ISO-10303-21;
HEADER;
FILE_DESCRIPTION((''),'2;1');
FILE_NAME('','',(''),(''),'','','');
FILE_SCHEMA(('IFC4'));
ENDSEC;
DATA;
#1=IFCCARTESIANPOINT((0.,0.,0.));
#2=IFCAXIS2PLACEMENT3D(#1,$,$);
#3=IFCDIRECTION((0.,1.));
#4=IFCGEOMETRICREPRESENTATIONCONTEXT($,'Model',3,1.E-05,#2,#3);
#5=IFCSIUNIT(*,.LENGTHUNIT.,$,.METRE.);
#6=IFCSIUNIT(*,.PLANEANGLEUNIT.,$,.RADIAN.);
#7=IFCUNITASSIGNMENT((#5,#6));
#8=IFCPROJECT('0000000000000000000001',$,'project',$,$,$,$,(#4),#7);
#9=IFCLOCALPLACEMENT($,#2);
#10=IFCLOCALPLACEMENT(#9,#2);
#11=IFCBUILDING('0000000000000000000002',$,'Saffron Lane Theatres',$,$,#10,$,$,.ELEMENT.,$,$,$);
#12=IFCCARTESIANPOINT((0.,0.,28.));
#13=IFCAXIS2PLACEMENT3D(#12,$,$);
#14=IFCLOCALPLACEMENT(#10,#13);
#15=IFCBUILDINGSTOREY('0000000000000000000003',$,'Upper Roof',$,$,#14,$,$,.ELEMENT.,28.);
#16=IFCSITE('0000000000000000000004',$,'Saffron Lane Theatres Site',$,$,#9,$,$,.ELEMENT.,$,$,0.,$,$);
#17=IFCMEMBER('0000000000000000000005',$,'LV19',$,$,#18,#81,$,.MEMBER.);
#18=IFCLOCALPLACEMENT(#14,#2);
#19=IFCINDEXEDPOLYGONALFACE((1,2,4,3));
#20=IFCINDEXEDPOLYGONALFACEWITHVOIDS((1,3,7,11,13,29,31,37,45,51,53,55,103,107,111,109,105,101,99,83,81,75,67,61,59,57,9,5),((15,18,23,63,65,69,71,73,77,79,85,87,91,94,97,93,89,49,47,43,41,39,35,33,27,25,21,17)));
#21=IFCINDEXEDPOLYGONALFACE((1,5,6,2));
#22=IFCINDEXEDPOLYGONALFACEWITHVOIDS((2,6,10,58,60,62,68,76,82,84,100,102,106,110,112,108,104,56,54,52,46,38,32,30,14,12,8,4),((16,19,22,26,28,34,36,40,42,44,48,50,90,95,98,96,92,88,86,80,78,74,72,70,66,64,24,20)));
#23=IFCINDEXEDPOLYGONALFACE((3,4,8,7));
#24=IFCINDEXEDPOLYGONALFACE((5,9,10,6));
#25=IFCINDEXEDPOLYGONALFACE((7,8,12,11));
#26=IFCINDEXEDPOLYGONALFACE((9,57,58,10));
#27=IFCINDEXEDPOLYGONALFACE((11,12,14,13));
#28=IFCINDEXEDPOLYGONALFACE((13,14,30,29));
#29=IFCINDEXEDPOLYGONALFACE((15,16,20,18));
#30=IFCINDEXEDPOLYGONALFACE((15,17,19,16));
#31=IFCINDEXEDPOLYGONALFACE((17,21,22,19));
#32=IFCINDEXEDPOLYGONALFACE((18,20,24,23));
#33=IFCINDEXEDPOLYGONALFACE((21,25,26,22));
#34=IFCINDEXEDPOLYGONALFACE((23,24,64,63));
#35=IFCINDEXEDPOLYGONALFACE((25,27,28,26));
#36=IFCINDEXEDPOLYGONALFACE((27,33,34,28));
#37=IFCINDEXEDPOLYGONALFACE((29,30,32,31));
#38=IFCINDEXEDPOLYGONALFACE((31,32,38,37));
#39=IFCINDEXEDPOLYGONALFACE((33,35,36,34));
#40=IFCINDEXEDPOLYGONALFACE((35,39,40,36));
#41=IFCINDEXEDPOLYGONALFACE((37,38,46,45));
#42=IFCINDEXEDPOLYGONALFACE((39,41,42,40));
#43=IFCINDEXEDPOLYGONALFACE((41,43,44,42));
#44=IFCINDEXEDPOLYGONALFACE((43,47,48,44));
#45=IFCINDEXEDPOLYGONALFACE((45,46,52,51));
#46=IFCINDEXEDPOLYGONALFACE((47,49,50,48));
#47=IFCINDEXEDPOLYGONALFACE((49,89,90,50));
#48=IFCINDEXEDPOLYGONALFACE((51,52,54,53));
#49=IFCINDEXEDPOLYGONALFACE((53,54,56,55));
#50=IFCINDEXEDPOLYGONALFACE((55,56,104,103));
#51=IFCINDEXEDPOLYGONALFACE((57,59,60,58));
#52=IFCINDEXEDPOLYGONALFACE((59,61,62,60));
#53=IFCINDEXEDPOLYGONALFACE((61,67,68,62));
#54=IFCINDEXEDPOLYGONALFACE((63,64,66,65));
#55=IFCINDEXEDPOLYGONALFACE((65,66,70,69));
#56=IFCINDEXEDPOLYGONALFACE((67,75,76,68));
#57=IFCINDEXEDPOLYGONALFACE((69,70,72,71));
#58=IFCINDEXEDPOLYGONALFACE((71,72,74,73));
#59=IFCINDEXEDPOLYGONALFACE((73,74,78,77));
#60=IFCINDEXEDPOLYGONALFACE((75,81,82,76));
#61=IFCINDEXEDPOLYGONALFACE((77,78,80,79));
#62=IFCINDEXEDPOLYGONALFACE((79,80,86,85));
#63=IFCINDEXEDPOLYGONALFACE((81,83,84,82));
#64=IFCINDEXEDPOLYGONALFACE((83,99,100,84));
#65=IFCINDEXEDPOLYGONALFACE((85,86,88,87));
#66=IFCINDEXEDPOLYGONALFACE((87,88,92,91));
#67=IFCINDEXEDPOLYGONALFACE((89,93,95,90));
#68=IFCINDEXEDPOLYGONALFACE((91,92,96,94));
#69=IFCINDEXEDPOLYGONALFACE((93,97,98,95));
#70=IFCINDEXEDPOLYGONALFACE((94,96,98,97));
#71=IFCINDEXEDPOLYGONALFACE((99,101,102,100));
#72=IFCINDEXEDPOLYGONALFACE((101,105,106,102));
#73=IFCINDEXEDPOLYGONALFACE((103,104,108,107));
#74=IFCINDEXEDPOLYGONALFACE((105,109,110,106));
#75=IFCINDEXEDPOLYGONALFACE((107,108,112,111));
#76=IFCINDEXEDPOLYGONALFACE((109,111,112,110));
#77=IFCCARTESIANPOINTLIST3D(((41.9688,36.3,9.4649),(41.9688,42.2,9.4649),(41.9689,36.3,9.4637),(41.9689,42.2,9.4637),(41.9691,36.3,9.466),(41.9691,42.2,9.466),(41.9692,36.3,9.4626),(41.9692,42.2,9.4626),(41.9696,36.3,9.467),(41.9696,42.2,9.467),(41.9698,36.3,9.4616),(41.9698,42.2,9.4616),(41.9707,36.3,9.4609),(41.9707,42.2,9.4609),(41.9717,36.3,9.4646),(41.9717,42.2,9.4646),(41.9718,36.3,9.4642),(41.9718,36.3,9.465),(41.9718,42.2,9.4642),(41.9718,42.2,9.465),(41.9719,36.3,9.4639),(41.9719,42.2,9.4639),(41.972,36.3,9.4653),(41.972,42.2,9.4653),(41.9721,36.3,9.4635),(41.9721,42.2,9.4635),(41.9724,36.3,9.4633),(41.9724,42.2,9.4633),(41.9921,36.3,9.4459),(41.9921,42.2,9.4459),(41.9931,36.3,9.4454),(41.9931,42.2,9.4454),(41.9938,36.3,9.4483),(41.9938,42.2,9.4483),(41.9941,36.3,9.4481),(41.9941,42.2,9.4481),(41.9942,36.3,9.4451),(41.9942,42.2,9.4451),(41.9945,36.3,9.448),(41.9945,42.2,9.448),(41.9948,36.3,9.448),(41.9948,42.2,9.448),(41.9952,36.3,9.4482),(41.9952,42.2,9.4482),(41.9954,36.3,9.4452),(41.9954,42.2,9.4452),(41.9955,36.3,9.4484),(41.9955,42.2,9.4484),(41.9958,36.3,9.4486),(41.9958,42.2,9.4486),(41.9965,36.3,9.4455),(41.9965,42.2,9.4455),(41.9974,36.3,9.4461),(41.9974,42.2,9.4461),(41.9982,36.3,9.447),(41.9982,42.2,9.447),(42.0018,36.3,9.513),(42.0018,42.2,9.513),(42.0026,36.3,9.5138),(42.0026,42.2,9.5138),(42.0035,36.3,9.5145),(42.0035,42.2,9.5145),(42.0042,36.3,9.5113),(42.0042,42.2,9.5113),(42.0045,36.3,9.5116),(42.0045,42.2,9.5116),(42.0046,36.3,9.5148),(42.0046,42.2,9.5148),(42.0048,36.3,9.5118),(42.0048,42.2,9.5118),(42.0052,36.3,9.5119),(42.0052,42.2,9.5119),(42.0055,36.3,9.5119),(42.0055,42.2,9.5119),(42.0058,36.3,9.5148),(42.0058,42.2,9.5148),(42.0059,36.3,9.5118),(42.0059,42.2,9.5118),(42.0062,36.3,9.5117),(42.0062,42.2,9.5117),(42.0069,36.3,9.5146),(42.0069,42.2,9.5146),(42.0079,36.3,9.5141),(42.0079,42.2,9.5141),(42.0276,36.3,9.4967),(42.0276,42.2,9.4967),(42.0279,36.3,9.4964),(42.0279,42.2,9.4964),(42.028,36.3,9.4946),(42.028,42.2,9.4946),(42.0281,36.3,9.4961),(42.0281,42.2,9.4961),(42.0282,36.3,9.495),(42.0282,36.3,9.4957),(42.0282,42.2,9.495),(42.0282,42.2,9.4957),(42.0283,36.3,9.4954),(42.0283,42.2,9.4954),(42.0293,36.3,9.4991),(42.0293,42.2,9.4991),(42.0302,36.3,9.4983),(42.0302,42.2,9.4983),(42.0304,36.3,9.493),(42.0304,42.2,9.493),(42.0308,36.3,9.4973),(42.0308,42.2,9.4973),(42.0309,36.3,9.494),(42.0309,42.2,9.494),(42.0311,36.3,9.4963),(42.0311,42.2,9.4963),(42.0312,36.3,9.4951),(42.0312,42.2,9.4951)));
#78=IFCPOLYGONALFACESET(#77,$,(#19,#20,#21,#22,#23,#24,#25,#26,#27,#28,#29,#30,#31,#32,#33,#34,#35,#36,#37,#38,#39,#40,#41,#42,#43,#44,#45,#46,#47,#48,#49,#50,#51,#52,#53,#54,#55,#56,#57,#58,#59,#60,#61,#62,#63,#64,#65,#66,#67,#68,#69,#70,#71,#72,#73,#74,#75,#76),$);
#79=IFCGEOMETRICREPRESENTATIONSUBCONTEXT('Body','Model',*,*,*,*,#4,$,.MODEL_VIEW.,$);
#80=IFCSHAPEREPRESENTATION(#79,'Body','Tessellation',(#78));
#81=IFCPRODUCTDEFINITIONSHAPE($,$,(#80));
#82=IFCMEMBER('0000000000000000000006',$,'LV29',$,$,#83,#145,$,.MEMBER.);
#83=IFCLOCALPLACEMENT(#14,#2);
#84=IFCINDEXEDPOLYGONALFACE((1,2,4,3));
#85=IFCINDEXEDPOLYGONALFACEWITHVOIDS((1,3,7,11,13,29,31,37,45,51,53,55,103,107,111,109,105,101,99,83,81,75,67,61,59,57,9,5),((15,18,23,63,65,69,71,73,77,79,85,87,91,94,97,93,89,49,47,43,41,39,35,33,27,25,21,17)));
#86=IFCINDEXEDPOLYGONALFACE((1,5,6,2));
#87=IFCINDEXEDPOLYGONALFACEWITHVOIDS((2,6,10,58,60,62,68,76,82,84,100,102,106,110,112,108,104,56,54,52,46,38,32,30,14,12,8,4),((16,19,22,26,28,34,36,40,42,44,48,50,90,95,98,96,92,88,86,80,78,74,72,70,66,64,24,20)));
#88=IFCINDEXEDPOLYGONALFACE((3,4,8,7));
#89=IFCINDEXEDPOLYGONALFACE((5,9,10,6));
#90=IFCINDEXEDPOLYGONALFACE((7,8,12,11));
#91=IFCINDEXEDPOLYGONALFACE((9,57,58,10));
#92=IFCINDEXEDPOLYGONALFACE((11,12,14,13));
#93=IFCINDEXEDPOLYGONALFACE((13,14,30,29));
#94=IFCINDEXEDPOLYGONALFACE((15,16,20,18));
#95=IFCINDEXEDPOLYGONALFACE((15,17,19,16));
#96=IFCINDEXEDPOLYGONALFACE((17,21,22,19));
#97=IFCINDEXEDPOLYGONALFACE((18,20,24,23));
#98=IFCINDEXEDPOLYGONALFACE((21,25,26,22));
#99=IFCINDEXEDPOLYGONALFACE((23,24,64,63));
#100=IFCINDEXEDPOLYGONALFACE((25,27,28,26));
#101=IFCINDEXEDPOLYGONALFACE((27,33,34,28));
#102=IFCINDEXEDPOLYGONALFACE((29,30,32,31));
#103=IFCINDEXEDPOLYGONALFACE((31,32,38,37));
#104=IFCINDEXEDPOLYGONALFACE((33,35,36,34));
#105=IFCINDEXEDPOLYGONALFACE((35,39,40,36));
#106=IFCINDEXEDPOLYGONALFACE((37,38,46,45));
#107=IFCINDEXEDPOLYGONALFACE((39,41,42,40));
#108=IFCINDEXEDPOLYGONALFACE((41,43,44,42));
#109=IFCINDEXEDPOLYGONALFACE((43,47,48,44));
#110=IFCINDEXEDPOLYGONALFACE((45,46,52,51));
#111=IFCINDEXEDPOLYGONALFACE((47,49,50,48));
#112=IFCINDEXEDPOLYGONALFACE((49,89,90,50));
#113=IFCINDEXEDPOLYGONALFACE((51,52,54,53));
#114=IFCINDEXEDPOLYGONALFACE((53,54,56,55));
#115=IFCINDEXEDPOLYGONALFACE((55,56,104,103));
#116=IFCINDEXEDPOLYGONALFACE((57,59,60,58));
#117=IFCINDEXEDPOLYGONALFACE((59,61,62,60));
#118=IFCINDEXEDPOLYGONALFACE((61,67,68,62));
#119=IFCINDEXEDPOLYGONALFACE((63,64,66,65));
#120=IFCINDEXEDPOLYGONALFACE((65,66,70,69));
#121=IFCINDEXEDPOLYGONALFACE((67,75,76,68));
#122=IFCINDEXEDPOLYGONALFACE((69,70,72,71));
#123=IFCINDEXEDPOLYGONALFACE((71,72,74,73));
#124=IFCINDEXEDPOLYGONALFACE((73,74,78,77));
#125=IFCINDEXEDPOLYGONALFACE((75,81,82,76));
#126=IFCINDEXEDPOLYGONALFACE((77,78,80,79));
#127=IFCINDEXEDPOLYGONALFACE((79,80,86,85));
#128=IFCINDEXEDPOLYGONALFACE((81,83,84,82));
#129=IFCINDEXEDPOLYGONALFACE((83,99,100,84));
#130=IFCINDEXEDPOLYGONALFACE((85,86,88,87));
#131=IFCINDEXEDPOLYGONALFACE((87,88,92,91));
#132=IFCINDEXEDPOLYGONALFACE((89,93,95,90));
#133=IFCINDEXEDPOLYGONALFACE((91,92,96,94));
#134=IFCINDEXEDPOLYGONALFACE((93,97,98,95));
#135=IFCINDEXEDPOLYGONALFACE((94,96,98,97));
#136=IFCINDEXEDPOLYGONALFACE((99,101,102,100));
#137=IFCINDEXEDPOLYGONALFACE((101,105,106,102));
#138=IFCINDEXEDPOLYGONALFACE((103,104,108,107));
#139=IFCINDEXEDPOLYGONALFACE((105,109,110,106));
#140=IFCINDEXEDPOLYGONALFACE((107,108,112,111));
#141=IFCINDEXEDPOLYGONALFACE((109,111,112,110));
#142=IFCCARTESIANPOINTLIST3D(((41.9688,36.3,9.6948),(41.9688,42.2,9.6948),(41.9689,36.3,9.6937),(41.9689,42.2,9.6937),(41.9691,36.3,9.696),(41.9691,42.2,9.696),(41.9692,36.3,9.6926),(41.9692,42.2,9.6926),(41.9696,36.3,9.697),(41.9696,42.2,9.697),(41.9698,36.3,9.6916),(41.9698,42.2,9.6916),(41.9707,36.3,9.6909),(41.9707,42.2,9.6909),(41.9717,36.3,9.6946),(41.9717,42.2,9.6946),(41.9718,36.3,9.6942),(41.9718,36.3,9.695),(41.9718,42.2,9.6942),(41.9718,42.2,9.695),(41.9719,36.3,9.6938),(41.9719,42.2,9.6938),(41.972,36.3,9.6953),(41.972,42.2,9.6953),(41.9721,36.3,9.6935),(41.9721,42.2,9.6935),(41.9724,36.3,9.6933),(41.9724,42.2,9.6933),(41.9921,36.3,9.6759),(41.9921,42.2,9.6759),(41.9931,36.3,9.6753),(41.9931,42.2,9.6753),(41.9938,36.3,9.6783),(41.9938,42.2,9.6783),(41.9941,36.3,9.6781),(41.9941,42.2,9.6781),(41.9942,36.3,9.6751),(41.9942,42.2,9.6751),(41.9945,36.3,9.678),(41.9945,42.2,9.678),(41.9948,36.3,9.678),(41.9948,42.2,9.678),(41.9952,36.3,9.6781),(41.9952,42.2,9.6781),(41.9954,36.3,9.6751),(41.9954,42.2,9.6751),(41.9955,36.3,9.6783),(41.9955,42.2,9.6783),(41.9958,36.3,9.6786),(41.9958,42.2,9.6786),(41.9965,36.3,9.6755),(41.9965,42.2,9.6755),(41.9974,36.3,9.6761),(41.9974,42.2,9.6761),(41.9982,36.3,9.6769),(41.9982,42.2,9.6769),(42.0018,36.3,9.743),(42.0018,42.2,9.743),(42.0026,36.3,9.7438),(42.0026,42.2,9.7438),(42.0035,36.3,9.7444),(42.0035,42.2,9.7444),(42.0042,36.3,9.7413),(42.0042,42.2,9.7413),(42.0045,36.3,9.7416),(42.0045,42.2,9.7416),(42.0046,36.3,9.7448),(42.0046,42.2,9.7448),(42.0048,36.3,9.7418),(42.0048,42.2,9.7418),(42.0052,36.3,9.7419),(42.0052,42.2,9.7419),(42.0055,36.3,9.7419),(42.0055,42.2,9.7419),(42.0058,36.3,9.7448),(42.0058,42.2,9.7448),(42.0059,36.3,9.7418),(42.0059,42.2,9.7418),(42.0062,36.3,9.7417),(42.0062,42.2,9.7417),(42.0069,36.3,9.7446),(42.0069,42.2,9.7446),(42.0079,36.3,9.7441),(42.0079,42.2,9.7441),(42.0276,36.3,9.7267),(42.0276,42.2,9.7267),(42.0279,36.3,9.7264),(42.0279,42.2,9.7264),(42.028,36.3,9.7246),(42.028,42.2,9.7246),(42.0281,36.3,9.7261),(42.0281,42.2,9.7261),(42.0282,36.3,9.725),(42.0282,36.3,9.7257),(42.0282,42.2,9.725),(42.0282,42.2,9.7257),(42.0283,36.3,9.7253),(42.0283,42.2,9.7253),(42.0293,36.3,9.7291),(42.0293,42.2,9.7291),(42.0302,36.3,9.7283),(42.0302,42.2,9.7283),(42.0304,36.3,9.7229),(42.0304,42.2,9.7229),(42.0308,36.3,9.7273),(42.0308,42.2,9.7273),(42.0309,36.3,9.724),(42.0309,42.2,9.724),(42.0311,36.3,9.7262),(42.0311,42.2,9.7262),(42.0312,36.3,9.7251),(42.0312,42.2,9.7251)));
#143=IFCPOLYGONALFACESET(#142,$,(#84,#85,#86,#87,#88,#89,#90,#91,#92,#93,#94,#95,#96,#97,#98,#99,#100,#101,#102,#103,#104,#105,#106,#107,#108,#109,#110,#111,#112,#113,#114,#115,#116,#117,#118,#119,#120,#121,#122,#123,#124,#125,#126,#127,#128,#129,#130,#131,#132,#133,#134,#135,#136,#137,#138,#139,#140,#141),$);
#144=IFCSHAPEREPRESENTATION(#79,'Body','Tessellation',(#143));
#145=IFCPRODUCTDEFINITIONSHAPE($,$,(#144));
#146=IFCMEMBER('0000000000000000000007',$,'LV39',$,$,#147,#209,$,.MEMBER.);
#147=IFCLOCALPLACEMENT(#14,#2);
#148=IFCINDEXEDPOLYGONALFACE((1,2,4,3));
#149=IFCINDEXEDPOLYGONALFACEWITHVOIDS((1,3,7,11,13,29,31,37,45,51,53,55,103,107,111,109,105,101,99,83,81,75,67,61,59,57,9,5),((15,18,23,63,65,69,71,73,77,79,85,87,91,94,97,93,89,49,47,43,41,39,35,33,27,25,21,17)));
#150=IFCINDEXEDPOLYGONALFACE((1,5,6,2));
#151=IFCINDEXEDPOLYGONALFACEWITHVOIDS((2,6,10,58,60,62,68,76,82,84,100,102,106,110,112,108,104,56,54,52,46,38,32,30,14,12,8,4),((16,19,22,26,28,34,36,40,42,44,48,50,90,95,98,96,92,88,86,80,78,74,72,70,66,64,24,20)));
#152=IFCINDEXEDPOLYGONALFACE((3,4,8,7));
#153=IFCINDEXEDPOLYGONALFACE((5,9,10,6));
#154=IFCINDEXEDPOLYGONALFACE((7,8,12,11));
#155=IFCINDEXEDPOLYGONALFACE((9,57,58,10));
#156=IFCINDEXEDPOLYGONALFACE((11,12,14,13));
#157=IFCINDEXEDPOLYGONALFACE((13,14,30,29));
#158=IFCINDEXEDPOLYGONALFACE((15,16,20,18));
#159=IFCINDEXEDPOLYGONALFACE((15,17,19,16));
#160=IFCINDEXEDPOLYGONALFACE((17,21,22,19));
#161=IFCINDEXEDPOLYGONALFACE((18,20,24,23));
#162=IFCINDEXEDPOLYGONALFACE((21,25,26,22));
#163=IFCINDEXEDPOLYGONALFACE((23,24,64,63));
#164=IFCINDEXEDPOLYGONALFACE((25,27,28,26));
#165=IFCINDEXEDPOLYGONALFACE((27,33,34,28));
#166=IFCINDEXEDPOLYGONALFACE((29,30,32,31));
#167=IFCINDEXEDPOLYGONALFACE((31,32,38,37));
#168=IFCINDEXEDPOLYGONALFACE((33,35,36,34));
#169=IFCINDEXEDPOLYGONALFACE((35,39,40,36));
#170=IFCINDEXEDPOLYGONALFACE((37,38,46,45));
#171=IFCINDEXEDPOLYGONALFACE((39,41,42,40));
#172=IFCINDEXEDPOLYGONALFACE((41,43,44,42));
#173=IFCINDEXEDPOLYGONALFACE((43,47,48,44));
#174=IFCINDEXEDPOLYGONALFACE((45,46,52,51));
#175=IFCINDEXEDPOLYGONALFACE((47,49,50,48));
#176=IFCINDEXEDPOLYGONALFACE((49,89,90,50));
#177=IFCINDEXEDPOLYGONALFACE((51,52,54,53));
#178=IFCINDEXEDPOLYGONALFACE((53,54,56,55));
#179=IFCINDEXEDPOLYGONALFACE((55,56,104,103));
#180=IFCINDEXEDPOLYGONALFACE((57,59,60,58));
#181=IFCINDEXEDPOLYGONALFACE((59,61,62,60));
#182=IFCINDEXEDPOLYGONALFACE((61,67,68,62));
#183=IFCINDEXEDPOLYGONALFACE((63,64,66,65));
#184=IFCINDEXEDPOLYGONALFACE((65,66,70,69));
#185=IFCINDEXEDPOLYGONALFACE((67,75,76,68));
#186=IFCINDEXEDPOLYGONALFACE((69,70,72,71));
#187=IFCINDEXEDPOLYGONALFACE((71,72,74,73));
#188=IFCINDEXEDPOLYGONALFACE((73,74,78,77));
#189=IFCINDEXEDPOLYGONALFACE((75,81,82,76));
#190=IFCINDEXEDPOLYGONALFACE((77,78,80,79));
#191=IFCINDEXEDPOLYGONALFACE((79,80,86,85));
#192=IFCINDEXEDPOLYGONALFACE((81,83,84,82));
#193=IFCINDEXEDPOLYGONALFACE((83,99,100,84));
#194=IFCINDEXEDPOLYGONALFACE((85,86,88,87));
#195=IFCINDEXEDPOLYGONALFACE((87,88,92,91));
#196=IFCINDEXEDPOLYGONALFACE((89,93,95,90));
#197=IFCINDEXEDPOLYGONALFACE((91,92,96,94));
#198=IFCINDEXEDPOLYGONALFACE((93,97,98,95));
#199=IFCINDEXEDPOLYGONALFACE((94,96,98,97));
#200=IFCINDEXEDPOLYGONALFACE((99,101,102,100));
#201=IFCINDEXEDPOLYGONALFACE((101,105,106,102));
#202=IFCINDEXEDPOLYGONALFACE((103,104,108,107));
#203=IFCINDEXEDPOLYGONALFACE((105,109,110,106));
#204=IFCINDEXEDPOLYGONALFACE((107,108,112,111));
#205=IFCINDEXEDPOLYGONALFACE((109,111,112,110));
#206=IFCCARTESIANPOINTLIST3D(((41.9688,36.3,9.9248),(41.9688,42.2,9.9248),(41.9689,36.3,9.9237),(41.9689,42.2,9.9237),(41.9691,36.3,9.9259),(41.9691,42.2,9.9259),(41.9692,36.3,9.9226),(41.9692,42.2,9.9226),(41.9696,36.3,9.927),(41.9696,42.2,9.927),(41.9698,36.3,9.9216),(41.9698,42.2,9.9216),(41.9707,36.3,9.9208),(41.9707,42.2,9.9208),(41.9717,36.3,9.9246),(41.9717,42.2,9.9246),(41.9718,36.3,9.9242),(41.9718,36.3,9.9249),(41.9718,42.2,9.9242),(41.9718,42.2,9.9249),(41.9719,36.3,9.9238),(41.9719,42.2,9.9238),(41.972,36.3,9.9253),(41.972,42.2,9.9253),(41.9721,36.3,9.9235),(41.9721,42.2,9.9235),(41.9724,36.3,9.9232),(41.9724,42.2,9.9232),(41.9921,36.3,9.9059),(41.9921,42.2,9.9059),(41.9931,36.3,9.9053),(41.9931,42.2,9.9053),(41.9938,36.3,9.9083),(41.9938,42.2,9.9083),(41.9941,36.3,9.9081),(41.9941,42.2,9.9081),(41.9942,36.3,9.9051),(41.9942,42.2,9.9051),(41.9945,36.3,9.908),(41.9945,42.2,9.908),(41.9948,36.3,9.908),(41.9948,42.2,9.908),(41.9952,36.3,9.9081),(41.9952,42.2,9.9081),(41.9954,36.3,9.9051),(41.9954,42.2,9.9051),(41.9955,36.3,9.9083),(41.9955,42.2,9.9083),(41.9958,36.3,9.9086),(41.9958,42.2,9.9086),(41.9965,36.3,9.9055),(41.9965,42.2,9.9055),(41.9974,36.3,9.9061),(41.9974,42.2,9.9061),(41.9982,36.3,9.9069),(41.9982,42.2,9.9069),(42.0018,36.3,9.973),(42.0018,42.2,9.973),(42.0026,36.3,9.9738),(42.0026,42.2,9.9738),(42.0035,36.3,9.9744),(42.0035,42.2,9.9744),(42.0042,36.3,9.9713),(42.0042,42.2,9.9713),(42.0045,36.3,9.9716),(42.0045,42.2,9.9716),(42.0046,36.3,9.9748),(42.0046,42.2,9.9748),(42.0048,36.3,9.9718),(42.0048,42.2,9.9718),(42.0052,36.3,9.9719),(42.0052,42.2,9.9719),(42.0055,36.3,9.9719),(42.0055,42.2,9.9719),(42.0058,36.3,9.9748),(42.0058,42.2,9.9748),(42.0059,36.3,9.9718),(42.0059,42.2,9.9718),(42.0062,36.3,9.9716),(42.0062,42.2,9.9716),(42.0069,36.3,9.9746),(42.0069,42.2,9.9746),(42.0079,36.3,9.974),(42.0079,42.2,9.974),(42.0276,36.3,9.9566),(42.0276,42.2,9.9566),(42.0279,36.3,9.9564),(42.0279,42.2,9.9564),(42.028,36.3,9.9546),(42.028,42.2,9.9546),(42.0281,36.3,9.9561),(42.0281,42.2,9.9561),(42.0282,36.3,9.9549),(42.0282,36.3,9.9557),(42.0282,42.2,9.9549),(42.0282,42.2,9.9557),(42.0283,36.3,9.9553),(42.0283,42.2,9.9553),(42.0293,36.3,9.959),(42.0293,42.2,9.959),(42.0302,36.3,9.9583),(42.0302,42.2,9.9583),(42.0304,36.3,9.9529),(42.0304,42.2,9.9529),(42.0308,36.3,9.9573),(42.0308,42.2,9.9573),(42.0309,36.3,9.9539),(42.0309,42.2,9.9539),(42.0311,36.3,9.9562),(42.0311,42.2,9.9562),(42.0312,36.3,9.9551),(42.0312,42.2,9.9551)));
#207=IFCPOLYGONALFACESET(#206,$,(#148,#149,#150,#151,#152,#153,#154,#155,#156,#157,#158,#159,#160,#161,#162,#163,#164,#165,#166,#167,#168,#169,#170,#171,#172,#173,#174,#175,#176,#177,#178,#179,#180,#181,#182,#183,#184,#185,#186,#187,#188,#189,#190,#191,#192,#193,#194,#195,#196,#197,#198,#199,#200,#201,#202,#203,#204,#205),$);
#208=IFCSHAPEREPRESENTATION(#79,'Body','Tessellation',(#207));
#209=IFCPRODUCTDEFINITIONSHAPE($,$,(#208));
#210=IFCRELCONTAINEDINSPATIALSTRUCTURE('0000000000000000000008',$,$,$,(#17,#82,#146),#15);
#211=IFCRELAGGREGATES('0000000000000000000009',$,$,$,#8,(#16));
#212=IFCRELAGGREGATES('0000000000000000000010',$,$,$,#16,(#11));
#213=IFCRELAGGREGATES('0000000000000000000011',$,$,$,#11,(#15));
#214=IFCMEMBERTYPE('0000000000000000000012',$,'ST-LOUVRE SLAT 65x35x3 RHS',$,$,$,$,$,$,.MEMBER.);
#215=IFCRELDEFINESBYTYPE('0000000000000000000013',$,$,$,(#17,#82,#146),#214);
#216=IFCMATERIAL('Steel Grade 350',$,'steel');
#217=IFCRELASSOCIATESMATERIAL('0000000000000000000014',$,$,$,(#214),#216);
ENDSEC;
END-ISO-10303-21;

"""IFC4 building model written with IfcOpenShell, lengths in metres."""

from ifc_helpers import new_model, si_unit, direction, frame, origin, origin_2d, place, context, subcontext, project, spatial, hollow_rectangle, extrude, material, material_profile, profile_set, type_object, element, save


model = new_model("IFC4")

# Units and contexts
model_context = context("Model", 3, precision=1e-05, world=origin(), true_north=direction((0.0, 1.0)))
body_context = subcontext(model_context, "Body", "Model", "MODEL_VIEW")
ifc_project = project(units=[si_unit("LENGTHUNIT", "METRE"), si_unit("PLANEANGLEUNIT", "RADIAN")], contexts=[model_context])

# Site, building, storey
site_placement = place(None, origin())
site = spatial("IfcSite", under=ifc_project, at=site_placement, Name="Saffron Lane Theatres Site", CompositionType="ELEMENT", RefElevation=0.0)
building_placement = place(site_placement, origin())
building = spatial("IfcBuilding", under=site, at=building_placement, Name="Saffron Lane Theatres", CompositionType="ELEMENT")
storey_placement = place(building_placement, frame((0.0, 0.0, 28.0)))
storey = spatial("IfcBuildingStorey", under=building, at=storey_placement, Name="Upper Roof", CompositionType="ELEMENT", Elevation=28.0)

# Members
ifc_material_1 = material(Name="Steel Grade 350", Category="steel")
ifc_material_profile_1 = material_profile(ifc_material_1, hollow_rectangle(XDim=0.0349, YDim=0.0649, WallThickness=0.0029, InnerFilletRadius=0.0015, OuterFilletRadius=0.0044, at=origin_2d()))
ifc_profile_set_1 = profile_set([ifc_material_profile_1], Name="Steel Grade 350")
member_type_1 = type_object("IfcMemberType", Name="ST-LOUVRE SLAT 65x35x3 RHS", PredefinedType="MEMBER", material=ifc_profile_set_1)
for number, where, z_axis, x_axis, name in (
    (1, (42.0, 36.3, 9.48), (0.0, 1.0, 0.0), (-0.819152, 0.0, 0.573576), "LV19"),
    (2, (42.0, 36.3, 9.71), (0.0, 1.0, 0.0), (-0.819152, 0.0, 0.573576), "LV29"),
    (3, (42.0, 36.3, 9.9399), (0.0, 1.0, 0.0), (-0.819152, 0.0, 0.573576), "LV39"),
):
    element("IfcMember", number, at=place(storey_placement, frame(where, z_axis=z_axis, x_axis=x_axis)), inside=storey, type_object=member_type_1, Name=name, PredefinedType="MEMBER", context=body_context, shape_type="SweptSolid", body=[
        extrude(hollow_rectangle(XDim=0.0349, YDim=0.0649, WallThickness=0.0029, InnerFilletRadius=0.0015, OuterFilletRadius=0.0044, at=origin_2d()), origin(), (0.0, 0.0, 1.0), 5.8999),
    ])

save(model, "model.ifc")
